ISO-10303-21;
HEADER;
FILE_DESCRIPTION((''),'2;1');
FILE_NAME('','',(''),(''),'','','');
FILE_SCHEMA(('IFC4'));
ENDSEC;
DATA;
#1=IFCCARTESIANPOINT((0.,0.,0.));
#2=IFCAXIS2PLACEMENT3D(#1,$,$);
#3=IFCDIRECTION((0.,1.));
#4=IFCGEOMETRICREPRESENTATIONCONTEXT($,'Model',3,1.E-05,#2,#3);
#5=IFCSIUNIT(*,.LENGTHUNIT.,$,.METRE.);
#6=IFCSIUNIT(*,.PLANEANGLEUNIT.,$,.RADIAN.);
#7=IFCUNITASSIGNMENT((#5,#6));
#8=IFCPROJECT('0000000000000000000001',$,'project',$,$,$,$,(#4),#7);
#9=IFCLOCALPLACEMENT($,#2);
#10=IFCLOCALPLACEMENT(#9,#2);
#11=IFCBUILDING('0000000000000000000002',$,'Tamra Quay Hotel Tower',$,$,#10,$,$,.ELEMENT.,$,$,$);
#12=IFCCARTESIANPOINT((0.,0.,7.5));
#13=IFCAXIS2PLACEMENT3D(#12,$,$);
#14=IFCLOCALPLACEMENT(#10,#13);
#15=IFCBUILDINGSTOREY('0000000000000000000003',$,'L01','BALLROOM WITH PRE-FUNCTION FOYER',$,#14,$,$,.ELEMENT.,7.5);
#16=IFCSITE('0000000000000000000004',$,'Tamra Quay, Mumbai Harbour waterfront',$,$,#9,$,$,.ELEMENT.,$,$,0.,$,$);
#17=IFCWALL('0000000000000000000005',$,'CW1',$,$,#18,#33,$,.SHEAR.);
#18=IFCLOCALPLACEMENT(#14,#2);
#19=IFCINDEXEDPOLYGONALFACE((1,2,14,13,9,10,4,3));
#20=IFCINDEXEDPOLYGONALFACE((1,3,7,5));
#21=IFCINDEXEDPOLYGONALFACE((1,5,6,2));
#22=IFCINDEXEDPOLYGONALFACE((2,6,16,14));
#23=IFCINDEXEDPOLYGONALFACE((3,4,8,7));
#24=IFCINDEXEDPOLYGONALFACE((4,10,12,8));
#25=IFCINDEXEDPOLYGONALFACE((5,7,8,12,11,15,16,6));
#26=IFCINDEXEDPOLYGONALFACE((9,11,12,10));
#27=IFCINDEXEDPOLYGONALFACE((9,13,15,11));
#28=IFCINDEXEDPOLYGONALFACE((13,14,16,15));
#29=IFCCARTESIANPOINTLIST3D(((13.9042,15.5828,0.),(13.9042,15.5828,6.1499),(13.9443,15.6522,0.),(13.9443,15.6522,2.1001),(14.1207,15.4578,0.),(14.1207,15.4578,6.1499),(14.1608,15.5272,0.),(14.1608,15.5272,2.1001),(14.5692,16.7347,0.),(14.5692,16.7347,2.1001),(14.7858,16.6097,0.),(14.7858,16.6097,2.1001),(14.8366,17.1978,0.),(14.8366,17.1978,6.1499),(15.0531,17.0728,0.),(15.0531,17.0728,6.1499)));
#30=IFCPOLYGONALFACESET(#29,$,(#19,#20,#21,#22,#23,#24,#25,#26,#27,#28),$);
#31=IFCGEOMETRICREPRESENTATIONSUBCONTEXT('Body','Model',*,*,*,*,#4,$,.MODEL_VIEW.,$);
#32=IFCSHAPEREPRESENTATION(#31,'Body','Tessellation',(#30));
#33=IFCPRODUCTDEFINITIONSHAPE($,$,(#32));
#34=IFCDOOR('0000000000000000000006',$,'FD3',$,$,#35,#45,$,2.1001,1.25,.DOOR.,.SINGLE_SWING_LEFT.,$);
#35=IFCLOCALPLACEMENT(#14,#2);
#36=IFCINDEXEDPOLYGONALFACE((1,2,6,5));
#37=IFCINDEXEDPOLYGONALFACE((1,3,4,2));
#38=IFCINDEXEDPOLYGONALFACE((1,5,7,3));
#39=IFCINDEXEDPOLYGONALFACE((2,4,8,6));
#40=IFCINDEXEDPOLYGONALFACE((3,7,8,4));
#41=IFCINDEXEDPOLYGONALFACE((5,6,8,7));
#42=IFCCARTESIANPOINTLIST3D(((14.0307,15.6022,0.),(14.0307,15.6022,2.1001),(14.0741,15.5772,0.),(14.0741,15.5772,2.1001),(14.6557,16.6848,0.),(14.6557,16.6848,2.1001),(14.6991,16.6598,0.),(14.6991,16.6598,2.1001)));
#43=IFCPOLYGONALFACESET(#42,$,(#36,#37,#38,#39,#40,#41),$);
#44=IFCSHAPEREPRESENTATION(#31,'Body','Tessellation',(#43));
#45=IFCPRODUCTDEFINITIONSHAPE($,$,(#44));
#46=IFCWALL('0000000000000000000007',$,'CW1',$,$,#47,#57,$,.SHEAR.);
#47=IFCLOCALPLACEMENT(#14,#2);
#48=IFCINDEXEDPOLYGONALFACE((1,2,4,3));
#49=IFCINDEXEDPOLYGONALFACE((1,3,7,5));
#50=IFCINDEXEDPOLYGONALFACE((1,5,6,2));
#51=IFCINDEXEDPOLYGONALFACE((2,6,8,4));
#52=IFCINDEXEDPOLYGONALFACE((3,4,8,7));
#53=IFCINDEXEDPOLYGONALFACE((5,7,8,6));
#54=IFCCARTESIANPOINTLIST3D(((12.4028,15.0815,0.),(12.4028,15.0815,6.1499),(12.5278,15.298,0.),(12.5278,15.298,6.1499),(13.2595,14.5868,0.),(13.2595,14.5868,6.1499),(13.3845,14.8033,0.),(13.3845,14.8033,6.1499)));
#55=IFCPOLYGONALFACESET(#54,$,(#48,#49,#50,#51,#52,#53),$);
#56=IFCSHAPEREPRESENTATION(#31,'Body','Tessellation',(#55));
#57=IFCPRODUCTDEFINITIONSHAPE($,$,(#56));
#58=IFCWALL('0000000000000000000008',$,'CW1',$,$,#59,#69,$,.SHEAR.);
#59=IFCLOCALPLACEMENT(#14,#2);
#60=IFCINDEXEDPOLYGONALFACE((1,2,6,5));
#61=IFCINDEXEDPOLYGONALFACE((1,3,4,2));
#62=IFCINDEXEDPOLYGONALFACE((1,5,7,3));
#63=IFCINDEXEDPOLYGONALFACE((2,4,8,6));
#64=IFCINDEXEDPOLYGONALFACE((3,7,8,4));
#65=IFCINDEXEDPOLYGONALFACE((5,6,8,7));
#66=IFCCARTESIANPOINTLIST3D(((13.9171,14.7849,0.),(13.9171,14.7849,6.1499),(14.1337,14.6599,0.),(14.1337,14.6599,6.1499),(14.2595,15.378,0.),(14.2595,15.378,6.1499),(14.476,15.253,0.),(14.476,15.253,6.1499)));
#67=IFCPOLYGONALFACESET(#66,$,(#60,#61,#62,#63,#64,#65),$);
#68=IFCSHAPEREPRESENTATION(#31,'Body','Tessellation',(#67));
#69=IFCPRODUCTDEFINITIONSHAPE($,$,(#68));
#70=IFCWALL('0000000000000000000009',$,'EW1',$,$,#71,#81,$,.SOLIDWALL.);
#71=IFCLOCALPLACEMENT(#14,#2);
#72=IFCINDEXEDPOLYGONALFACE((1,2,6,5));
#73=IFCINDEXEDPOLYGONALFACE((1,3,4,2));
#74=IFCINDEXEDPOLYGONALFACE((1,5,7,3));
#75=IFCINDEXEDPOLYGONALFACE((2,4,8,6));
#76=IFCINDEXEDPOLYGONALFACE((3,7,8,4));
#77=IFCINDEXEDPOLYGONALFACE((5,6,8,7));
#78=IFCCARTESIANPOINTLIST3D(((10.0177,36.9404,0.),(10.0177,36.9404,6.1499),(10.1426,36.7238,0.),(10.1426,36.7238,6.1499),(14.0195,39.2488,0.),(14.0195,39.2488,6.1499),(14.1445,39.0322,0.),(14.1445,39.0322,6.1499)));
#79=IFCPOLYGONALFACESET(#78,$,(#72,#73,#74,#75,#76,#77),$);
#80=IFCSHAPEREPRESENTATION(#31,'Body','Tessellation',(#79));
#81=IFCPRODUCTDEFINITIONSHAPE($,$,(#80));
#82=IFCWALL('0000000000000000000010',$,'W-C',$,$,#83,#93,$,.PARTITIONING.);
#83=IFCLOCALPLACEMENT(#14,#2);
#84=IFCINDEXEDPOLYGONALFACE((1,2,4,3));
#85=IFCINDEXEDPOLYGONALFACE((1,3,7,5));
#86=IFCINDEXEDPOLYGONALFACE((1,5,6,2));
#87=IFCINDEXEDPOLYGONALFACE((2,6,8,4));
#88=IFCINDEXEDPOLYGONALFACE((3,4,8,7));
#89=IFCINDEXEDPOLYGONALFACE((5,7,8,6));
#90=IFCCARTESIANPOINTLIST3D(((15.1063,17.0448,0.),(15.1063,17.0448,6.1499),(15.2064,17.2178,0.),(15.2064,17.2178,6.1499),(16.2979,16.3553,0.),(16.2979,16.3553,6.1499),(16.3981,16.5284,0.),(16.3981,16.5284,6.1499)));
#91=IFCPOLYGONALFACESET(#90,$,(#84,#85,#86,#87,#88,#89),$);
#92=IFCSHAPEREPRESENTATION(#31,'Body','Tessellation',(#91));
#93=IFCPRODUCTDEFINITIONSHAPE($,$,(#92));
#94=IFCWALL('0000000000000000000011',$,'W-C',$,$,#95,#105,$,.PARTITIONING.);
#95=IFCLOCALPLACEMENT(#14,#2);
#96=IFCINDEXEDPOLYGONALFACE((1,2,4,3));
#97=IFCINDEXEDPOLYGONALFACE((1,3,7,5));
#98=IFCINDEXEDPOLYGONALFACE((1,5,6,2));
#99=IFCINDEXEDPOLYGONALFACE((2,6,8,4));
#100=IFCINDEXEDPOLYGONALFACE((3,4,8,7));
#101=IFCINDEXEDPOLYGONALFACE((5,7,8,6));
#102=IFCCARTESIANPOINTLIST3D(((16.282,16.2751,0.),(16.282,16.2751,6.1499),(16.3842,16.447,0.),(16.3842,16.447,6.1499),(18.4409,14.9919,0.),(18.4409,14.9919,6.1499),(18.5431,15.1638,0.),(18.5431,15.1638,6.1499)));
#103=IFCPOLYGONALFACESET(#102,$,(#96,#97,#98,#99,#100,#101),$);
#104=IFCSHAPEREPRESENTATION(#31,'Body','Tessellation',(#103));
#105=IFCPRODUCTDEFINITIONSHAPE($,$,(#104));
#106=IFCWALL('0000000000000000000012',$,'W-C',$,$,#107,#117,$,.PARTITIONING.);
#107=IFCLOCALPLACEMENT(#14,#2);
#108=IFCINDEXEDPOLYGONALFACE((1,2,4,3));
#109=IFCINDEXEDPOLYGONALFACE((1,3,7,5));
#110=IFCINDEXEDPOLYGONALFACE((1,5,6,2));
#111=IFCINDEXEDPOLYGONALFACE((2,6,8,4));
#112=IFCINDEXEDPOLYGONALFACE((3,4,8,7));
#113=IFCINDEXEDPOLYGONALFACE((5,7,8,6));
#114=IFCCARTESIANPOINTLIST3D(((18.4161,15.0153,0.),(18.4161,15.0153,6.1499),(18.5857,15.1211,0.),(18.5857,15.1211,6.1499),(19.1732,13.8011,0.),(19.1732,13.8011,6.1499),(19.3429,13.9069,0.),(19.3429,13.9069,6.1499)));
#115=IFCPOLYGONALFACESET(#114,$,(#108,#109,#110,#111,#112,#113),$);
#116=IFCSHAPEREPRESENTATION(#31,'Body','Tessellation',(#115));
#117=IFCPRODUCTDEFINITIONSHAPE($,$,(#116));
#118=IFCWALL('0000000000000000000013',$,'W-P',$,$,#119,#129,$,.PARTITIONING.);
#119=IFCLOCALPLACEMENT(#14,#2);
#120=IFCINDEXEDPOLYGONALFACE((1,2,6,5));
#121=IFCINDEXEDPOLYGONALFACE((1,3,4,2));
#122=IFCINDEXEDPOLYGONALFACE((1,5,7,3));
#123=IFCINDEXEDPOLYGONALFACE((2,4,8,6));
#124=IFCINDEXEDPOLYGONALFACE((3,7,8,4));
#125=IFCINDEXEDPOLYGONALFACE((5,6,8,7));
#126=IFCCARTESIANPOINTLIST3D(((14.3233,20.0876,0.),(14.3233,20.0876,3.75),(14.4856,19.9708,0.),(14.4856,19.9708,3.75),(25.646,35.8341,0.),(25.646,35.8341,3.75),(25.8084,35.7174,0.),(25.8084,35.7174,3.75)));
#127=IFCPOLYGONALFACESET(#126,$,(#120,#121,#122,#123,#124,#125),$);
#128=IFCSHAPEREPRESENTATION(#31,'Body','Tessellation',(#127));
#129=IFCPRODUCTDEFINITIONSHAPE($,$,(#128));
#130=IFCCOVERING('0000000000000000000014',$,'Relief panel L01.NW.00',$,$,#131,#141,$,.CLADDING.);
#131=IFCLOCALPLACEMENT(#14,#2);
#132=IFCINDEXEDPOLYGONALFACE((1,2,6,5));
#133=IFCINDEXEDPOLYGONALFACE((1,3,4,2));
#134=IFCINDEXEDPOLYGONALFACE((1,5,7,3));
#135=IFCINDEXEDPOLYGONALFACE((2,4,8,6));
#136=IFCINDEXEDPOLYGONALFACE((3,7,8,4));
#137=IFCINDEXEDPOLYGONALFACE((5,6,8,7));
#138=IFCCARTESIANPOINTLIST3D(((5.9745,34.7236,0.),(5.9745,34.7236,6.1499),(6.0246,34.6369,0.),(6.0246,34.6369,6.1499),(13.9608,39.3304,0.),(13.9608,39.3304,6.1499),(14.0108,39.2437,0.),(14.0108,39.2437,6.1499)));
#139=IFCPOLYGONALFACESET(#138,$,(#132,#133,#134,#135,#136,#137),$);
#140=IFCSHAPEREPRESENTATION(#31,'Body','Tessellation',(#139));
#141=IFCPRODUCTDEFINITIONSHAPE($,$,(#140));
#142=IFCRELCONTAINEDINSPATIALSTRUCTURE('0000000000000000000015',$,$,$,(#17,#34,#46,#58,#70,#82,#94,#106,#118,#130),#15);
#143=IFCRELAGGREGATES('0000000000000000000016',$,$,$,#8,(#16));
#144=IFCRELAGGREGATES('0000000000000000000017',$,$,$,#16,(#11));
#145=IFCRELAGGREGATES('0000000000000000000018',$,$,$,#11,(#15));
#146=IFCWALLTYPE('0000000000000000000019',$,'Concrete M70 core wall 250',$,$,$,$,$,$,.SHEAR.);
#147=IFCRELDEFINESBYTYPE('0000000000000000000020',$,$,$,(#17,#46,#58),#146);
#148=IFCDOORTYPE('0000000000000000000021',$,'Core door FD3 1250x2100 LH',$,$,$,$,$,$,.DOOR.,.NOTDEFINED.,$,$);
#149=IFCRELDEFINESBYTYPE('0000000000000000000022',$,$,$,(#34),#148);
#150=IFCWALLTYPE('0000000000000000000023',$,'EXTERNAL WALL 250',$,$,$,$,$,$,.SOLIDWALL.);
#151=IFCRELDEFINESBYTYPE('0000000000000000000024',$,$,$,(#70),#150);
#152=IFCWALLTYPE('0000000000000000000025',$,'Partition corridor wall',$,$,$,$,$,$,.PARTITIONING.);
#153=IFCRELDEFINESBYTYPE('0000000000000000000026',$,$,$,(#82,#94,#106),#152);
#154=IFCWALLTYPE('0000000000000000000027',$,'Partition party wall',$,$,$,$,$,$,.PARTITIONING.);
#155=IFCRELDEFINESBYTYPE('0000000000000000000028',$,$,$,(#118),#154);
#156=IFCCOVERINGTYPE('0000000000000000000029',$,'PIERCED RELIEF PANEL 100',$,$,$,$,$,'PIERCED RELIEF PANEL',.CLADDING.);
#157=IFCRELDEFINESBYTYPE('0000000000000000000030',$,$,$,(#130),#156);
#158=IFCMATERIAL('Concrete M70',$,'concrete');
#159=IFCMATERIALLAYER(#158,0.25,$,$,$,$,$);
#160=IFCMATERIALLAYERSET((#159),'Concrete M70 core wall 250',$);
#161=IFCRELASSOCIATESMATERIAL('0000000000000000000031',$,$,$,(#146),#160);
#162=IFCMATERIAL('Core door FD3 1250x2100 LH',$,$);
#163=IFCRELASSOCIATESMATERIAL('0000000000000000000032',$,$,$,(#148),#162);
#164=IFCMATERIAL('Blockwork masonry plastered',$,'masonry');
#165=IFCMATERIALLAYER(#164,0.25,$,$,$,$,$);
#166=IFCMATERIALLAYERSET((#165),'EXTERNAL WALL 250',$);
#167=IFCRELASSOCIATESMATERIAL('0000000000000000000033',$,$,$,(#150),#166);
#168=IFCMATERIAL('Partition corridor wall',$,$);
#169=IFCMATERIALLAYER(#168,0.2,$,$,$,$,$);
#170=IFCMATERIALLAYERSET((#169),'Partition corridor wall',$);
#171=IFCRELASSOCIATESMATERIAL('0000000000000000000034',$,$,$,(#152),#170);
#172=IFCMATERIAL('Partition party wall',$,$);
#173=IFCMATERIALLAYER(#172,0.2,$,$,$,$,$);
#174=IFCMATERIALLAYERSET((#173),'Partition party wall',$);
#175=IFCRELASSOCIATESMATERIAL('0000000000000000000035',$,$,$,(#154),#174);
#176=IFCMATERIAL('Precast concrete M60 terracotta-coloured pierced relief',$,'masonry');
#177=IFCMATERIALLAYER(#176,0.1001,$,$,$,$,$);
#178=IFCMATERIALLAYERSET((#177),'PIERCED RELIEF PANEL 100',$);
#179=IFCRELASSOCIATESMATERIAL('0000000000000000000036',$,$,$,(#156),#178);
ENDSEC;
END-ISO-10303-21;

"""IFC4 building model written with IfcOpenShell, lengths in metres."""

from ifc_helpers import new_model, si_unit, direction, frame, frame_2d, origin, origin_2d, place, context, subcontext, project, spatial, rectangle, extrude, material, layer, layer_set, type_object, element, fill, save


model = new_model("IFC4")

# Units and contexts
model_context = context("Model", 3, precision=1e-05, world=origin(), true_north=direction((0.0, 1.0)))
body_context = subcontext(model_context, "Body", "Model", "MODEL_VIEW")
ifc_project = project(units=[si_unit("LENGTHUNIT", "METRE"), si_unit("PLANEANGLEUNIT", "RADIAN")], contexts=[model_context])

# Site, building, storey
site_placement = place(None, origin())
site = spatial("IfcSite", under=ifc_project, at=site_placement, Name="Tamra Quay, Mumbai Harbour waterfront", CompositionType="ELEMENT", RefElevation=0.0)
building_placement = place(site_placement, origin())
building = spatial("IfcBuilding", under=site, at=building_placement, Name="Tamra Quay Hotel Tower", CompositionType="ELEMENT")
storey_placement = place(building_placement, frame((0.0, 0.0, 7.5)))
storey = spatial("IfcBuildingStorey", under=building, at=storey_placement, Name="L01", Description="BALLROOM WITH PRE-FUNCTION FOYER", CompositionType="ELEMENT", Elevation=7.5)

# Shared definitions
ifc_material_1 = material(Name="Concrete M70", Category="concrete")

# Shared definitions
ifc_layer_1 = layer(ifc_material_1, 0.25)
ifc_layer_set_1 = layer_set([ifc_layer_1], Name="Concrete M70 core wall 250")
wall_type_1 = type_object("IfcWallType", Name="Concrete M70 core wall 250", PredefinedType="SHEAR", material=ifc_layer_set_1)

# Wall, opening, door
wall_1_placement = place(storey_placement, frame((14.9448, 17.1353, 0.0), z_axis=(0.0, 0.0, 1.0), x_axis=(-0.499983, -0.866035, 0.0)))
wall_1 = element("IfcWall", 1, at=wall_1_placement, inside=storey, type_object=wall_type_1, Name="CW1", PredefinedType="SHEAR", context=body_context, shape_type="SweptSolid", body=[
    extrude(rectangle(XDim=1.8647, YDim=0.25, at=frame_2d((0.9324, 0.0))), origin(), (0.0, 0.0, 1.0), 6.1499),
])
opening_1_placement = place(wall_1_placement, frame((0.5347, 0.0, 0.0)))
opening_1 = element("IfcOpeningElement", 2, at=opening_1_placement, cuts=wall_1, PredefinedType="OPENING", context=body_context, shape_type="SweptSolid", body=[
    extrude(rectangle(XDim=1.25, YDim=2.1001, at=frame_2d((0.625, 1.05))), frame((0.0, 0.135, 0.0), z_axis=(0.0, -1.0, 0.0), x_axis=(1.0, 0.0, 0.0)), (0.0, 0.0, 1.0), 0.27),
])
ifc_material_2 = material(Name="Core door FD3 1250x2100 LH")
door_type_1 = type_object("IfcDoorType", Name="Core door FD3 1250x2100 LH", OperationType="NOTDEFINED", PredefinedType="DOOR", material=ifc_material_2)
door_1_placement = place(opening_1_placement, origin())
door_1 = element("IfcDoor", 3, at=door_1_placement, inside=storey, type_object=door_type_1, Name="FD3", OperationType="SINGLE_SWING_LEFT", OverallHeight=2.1001, OverallWidth=1.25, PredefinedType="DOOR", context=body_context, shape_type="SweptSolid", body=[
    extrude(rectangle(XDim=1.25, YDim=2.1001, at=frame_2d((0.625, 1.05))), frame((0.0, 0.0249, 0.0), z_axis=(0.0, -1.0, 0.0), x_axis=(1.0, 0.0, 0.0)), (0.0, 0.0, 1.0), 0.05),
])
fill(opening_1, door_1)

# Walls
wall_2_placement = place(storey_placement, frame((13.322, 14.6951, 0.0), z_axis=(0.0, 0.0, 1.0), x_axis=(-0.866017, 0.500014, 0.0)))
element("IfcWall", 4, at=wall_2_placement, inside=storey, type_object=wall_type_1, Name="CW1", PredefinedType="SHEAR", context=body_context, shape_type="SweptSolid", body=[
    extrude(rectangle(XDim=0.9893, YDim=0.25, at=frame_2d((0.4946, 0.0))), origin(), (0.0, 0.0, 1.0), 6.1499),
])
wall_3_placement = place(storey_placement, frame((14.3677, 15.3154, 0.0), z_axis=(0.0, 0.0, 1.0), x_axis=(-0.499897, -0.866085, 0.0)))
element("IfcWall", 5, at=wall_3_placement, inside=storey, type_object=wall_type_1, Name="CW1", PredefinedType="SHEAR", context=body_context, shape_type="SweptSolid", body=[
    extrude(rectangle(XDim=0.6848, YDim=0.25, at=frame_2d((0.3423, 0.0))), origin(), (0.0, 0.0, 1.0), 6.1499),
])
ifc_material_3 = material(Name="Blockwork masonry plastered", Category="masonry")
ifc_layer_2 = layer(ifc_material_3, 0.25)
ifc_layer_set_2 = layer_set([ifc_layer_2], Name="EXTERNAL WALL 250")
wall_type_2 = type_object("IfcWallType", Name="EXTERNAL WALL 250", PredefinedType="SOLIDWALL", material=ifc_layer_set_2)
wall_4_placement = place(storey_placement, frame((10.0801, 36.832, 0.0), z_axis=(0.0, 0.0, 1.0), x_axis=(0.866216, 0.499669, 0.0)))
element("IfcWall", 6, at=wall_4_placement, inside=storey, type_object=wall_type_2, Name="EW1", PredefinedType="SOLIDWALL", context=body_context, shape_type="SweptSolid", body=[
    extrude(rectangle(XDim=4.6199, YDim=0.25, at=frame_2d((2.3101, 0.0))), origin(), (0.0, 0.0, 1.0), 6.1499),
])
ifc_material_4 = material(Name="Partition corridor wall")
ifc_layer_3 = layer(ifc_material_4, 0.2)
ifc_layer_set_3 = layer_set([ifc_layer_3], Name="Partition corridor wall")
wall_type_3 = type_object("IfcWallType", Name="Partition corridor wall", PredefinedType="PARTITIONING", material=ifc_layer_set_3)
wall_5_placement = place(storey_placement, frame((15.1562, 17.1313, 0.0), z_axis=(0.0, 0.0, 1.0), x_axis=(0.865568, -0.500792, 0.0)))
element("IfcWall", 7, at=wall_5_placement, inside=storey, type_object=wall_type_3, Name="W-C", PredefinedType="PARTITIONING", context=body_context, shape_type="SweptSolid", body=[
    extrude(rectangle(XDim=1.3767, YDim=0.2, at=frame_2d((0.6885, 0.0))), origin(), (0.0, 0.0, 1.0), 6.1499),
])
wall_6_placement = place(storey_placement, frame((16.333, 16.3611, 0.0), z_axis=(0.0, 0.0, 1.0), x_axis=(0.859621, -0.510932, 0.0)))
element("IfcWall", 8, at=wall_6_placement, inside=storey, type_object=wall_type_3, Name="W-C", PredefinedType="PARTITIONING", context=body_context, shape_type="SweptSolid", body=[
    extrude(rectangle(XDim=2.5115, YDim=0.2, at=frame_2d((1.2559, 0.0))), origin(), (0.0, 0.0, 1.0), 6.1499),
])
wall_7_placement = place(storey_placement, frame((18.501, 15.0681, 0.0), z_axis=(0.0, 0.0, 1.0), x_axis=(0.529124, -0.848544, 0.0)))
element("IfcWall", 9, at=wall_7_placement, inside=storey, type_object=wall_type_3, Name="W-C", PredefinedType="PARTITIONING", context=body_context, shape_type="SweptSolid", body=[
    extrude(rectangle(XDim=1.4309, YDim=0.2, at=frame_2d((0.7153, 0.0))), origin(), (0.0, 0.0, 1.0), 6.1499),
])
ifc_material_5 = material(Name="Partition party wall")
ifc_layer_4 = layer(ifc_material_5, 0.2)
ifc_layer_set_4 = layer_set([ifc_layer_4], Name="Partition party wall")
wall_type_4 = type_object("IfcWallType", Name="Partition party wall", PredefinedType="PARTITIONING", material=ifc_layer_set_4)
wall_8_placement = place(storey_placement, frame((14.4045, 20.0293, 0.0), z_axis=(0.0, 0.0, 1.0), x_axis=(0.583803, 0.811896, 0.0)))
element("IfcWall", 10, at=wall_8_placement, inside=storey, type_object=wall_type_4, Name="W-P", PredefinedType="PARTITIONING", context=body_context, shape_type="SweptSolid", body=[
    extrude(rectangle(XDim=19.3948, YDim=0.2, at=frame_2d((9.6973, 0.0))), origin(), (0.0, 0.0, 1.0), 3.75),
])

# Covering
ifc_material_6 = material(Name="Precast concrete M60 terracotta-coloured pierced relief", Category="masonry")
ifc_layer_5 = layer(ifc_material_6, 0.1001)
ifc_layer_set_5 = layer_set([ifc_layer_5], Name="PIERCED RELIEF PANEL 100")
covering_type_1 = type_object("IfcCoveringType", Name="PIERCED RELIEF PANEL 100", ElementType="PIERCED RELIEF PANEL", PredefinedType="CLADDING", material=ifc_layer_set_5)
covering_placement = place(storey_placement, frame((9.9927, 36.9836, 0.0), z_axis=(0.0, 0.0, 1.0), x_axis=(-0.866215, -0.499672, 0.0)))
element("IfcCovering", 11, at=covering_placement, inside=storey, type_object=covering_type_1, Name="Relief panel L01.NW.00", PredefinedType="CLADDING", context=body_context, shape_type="SweptSolid", body=[
    extrude(rectangle(XDim=9.2197, YDim=0.1001, at=origin_2d()), origin(), (0.0, 0.0, 1.0), 6.1499),
])

save(model, "model.ifc")
